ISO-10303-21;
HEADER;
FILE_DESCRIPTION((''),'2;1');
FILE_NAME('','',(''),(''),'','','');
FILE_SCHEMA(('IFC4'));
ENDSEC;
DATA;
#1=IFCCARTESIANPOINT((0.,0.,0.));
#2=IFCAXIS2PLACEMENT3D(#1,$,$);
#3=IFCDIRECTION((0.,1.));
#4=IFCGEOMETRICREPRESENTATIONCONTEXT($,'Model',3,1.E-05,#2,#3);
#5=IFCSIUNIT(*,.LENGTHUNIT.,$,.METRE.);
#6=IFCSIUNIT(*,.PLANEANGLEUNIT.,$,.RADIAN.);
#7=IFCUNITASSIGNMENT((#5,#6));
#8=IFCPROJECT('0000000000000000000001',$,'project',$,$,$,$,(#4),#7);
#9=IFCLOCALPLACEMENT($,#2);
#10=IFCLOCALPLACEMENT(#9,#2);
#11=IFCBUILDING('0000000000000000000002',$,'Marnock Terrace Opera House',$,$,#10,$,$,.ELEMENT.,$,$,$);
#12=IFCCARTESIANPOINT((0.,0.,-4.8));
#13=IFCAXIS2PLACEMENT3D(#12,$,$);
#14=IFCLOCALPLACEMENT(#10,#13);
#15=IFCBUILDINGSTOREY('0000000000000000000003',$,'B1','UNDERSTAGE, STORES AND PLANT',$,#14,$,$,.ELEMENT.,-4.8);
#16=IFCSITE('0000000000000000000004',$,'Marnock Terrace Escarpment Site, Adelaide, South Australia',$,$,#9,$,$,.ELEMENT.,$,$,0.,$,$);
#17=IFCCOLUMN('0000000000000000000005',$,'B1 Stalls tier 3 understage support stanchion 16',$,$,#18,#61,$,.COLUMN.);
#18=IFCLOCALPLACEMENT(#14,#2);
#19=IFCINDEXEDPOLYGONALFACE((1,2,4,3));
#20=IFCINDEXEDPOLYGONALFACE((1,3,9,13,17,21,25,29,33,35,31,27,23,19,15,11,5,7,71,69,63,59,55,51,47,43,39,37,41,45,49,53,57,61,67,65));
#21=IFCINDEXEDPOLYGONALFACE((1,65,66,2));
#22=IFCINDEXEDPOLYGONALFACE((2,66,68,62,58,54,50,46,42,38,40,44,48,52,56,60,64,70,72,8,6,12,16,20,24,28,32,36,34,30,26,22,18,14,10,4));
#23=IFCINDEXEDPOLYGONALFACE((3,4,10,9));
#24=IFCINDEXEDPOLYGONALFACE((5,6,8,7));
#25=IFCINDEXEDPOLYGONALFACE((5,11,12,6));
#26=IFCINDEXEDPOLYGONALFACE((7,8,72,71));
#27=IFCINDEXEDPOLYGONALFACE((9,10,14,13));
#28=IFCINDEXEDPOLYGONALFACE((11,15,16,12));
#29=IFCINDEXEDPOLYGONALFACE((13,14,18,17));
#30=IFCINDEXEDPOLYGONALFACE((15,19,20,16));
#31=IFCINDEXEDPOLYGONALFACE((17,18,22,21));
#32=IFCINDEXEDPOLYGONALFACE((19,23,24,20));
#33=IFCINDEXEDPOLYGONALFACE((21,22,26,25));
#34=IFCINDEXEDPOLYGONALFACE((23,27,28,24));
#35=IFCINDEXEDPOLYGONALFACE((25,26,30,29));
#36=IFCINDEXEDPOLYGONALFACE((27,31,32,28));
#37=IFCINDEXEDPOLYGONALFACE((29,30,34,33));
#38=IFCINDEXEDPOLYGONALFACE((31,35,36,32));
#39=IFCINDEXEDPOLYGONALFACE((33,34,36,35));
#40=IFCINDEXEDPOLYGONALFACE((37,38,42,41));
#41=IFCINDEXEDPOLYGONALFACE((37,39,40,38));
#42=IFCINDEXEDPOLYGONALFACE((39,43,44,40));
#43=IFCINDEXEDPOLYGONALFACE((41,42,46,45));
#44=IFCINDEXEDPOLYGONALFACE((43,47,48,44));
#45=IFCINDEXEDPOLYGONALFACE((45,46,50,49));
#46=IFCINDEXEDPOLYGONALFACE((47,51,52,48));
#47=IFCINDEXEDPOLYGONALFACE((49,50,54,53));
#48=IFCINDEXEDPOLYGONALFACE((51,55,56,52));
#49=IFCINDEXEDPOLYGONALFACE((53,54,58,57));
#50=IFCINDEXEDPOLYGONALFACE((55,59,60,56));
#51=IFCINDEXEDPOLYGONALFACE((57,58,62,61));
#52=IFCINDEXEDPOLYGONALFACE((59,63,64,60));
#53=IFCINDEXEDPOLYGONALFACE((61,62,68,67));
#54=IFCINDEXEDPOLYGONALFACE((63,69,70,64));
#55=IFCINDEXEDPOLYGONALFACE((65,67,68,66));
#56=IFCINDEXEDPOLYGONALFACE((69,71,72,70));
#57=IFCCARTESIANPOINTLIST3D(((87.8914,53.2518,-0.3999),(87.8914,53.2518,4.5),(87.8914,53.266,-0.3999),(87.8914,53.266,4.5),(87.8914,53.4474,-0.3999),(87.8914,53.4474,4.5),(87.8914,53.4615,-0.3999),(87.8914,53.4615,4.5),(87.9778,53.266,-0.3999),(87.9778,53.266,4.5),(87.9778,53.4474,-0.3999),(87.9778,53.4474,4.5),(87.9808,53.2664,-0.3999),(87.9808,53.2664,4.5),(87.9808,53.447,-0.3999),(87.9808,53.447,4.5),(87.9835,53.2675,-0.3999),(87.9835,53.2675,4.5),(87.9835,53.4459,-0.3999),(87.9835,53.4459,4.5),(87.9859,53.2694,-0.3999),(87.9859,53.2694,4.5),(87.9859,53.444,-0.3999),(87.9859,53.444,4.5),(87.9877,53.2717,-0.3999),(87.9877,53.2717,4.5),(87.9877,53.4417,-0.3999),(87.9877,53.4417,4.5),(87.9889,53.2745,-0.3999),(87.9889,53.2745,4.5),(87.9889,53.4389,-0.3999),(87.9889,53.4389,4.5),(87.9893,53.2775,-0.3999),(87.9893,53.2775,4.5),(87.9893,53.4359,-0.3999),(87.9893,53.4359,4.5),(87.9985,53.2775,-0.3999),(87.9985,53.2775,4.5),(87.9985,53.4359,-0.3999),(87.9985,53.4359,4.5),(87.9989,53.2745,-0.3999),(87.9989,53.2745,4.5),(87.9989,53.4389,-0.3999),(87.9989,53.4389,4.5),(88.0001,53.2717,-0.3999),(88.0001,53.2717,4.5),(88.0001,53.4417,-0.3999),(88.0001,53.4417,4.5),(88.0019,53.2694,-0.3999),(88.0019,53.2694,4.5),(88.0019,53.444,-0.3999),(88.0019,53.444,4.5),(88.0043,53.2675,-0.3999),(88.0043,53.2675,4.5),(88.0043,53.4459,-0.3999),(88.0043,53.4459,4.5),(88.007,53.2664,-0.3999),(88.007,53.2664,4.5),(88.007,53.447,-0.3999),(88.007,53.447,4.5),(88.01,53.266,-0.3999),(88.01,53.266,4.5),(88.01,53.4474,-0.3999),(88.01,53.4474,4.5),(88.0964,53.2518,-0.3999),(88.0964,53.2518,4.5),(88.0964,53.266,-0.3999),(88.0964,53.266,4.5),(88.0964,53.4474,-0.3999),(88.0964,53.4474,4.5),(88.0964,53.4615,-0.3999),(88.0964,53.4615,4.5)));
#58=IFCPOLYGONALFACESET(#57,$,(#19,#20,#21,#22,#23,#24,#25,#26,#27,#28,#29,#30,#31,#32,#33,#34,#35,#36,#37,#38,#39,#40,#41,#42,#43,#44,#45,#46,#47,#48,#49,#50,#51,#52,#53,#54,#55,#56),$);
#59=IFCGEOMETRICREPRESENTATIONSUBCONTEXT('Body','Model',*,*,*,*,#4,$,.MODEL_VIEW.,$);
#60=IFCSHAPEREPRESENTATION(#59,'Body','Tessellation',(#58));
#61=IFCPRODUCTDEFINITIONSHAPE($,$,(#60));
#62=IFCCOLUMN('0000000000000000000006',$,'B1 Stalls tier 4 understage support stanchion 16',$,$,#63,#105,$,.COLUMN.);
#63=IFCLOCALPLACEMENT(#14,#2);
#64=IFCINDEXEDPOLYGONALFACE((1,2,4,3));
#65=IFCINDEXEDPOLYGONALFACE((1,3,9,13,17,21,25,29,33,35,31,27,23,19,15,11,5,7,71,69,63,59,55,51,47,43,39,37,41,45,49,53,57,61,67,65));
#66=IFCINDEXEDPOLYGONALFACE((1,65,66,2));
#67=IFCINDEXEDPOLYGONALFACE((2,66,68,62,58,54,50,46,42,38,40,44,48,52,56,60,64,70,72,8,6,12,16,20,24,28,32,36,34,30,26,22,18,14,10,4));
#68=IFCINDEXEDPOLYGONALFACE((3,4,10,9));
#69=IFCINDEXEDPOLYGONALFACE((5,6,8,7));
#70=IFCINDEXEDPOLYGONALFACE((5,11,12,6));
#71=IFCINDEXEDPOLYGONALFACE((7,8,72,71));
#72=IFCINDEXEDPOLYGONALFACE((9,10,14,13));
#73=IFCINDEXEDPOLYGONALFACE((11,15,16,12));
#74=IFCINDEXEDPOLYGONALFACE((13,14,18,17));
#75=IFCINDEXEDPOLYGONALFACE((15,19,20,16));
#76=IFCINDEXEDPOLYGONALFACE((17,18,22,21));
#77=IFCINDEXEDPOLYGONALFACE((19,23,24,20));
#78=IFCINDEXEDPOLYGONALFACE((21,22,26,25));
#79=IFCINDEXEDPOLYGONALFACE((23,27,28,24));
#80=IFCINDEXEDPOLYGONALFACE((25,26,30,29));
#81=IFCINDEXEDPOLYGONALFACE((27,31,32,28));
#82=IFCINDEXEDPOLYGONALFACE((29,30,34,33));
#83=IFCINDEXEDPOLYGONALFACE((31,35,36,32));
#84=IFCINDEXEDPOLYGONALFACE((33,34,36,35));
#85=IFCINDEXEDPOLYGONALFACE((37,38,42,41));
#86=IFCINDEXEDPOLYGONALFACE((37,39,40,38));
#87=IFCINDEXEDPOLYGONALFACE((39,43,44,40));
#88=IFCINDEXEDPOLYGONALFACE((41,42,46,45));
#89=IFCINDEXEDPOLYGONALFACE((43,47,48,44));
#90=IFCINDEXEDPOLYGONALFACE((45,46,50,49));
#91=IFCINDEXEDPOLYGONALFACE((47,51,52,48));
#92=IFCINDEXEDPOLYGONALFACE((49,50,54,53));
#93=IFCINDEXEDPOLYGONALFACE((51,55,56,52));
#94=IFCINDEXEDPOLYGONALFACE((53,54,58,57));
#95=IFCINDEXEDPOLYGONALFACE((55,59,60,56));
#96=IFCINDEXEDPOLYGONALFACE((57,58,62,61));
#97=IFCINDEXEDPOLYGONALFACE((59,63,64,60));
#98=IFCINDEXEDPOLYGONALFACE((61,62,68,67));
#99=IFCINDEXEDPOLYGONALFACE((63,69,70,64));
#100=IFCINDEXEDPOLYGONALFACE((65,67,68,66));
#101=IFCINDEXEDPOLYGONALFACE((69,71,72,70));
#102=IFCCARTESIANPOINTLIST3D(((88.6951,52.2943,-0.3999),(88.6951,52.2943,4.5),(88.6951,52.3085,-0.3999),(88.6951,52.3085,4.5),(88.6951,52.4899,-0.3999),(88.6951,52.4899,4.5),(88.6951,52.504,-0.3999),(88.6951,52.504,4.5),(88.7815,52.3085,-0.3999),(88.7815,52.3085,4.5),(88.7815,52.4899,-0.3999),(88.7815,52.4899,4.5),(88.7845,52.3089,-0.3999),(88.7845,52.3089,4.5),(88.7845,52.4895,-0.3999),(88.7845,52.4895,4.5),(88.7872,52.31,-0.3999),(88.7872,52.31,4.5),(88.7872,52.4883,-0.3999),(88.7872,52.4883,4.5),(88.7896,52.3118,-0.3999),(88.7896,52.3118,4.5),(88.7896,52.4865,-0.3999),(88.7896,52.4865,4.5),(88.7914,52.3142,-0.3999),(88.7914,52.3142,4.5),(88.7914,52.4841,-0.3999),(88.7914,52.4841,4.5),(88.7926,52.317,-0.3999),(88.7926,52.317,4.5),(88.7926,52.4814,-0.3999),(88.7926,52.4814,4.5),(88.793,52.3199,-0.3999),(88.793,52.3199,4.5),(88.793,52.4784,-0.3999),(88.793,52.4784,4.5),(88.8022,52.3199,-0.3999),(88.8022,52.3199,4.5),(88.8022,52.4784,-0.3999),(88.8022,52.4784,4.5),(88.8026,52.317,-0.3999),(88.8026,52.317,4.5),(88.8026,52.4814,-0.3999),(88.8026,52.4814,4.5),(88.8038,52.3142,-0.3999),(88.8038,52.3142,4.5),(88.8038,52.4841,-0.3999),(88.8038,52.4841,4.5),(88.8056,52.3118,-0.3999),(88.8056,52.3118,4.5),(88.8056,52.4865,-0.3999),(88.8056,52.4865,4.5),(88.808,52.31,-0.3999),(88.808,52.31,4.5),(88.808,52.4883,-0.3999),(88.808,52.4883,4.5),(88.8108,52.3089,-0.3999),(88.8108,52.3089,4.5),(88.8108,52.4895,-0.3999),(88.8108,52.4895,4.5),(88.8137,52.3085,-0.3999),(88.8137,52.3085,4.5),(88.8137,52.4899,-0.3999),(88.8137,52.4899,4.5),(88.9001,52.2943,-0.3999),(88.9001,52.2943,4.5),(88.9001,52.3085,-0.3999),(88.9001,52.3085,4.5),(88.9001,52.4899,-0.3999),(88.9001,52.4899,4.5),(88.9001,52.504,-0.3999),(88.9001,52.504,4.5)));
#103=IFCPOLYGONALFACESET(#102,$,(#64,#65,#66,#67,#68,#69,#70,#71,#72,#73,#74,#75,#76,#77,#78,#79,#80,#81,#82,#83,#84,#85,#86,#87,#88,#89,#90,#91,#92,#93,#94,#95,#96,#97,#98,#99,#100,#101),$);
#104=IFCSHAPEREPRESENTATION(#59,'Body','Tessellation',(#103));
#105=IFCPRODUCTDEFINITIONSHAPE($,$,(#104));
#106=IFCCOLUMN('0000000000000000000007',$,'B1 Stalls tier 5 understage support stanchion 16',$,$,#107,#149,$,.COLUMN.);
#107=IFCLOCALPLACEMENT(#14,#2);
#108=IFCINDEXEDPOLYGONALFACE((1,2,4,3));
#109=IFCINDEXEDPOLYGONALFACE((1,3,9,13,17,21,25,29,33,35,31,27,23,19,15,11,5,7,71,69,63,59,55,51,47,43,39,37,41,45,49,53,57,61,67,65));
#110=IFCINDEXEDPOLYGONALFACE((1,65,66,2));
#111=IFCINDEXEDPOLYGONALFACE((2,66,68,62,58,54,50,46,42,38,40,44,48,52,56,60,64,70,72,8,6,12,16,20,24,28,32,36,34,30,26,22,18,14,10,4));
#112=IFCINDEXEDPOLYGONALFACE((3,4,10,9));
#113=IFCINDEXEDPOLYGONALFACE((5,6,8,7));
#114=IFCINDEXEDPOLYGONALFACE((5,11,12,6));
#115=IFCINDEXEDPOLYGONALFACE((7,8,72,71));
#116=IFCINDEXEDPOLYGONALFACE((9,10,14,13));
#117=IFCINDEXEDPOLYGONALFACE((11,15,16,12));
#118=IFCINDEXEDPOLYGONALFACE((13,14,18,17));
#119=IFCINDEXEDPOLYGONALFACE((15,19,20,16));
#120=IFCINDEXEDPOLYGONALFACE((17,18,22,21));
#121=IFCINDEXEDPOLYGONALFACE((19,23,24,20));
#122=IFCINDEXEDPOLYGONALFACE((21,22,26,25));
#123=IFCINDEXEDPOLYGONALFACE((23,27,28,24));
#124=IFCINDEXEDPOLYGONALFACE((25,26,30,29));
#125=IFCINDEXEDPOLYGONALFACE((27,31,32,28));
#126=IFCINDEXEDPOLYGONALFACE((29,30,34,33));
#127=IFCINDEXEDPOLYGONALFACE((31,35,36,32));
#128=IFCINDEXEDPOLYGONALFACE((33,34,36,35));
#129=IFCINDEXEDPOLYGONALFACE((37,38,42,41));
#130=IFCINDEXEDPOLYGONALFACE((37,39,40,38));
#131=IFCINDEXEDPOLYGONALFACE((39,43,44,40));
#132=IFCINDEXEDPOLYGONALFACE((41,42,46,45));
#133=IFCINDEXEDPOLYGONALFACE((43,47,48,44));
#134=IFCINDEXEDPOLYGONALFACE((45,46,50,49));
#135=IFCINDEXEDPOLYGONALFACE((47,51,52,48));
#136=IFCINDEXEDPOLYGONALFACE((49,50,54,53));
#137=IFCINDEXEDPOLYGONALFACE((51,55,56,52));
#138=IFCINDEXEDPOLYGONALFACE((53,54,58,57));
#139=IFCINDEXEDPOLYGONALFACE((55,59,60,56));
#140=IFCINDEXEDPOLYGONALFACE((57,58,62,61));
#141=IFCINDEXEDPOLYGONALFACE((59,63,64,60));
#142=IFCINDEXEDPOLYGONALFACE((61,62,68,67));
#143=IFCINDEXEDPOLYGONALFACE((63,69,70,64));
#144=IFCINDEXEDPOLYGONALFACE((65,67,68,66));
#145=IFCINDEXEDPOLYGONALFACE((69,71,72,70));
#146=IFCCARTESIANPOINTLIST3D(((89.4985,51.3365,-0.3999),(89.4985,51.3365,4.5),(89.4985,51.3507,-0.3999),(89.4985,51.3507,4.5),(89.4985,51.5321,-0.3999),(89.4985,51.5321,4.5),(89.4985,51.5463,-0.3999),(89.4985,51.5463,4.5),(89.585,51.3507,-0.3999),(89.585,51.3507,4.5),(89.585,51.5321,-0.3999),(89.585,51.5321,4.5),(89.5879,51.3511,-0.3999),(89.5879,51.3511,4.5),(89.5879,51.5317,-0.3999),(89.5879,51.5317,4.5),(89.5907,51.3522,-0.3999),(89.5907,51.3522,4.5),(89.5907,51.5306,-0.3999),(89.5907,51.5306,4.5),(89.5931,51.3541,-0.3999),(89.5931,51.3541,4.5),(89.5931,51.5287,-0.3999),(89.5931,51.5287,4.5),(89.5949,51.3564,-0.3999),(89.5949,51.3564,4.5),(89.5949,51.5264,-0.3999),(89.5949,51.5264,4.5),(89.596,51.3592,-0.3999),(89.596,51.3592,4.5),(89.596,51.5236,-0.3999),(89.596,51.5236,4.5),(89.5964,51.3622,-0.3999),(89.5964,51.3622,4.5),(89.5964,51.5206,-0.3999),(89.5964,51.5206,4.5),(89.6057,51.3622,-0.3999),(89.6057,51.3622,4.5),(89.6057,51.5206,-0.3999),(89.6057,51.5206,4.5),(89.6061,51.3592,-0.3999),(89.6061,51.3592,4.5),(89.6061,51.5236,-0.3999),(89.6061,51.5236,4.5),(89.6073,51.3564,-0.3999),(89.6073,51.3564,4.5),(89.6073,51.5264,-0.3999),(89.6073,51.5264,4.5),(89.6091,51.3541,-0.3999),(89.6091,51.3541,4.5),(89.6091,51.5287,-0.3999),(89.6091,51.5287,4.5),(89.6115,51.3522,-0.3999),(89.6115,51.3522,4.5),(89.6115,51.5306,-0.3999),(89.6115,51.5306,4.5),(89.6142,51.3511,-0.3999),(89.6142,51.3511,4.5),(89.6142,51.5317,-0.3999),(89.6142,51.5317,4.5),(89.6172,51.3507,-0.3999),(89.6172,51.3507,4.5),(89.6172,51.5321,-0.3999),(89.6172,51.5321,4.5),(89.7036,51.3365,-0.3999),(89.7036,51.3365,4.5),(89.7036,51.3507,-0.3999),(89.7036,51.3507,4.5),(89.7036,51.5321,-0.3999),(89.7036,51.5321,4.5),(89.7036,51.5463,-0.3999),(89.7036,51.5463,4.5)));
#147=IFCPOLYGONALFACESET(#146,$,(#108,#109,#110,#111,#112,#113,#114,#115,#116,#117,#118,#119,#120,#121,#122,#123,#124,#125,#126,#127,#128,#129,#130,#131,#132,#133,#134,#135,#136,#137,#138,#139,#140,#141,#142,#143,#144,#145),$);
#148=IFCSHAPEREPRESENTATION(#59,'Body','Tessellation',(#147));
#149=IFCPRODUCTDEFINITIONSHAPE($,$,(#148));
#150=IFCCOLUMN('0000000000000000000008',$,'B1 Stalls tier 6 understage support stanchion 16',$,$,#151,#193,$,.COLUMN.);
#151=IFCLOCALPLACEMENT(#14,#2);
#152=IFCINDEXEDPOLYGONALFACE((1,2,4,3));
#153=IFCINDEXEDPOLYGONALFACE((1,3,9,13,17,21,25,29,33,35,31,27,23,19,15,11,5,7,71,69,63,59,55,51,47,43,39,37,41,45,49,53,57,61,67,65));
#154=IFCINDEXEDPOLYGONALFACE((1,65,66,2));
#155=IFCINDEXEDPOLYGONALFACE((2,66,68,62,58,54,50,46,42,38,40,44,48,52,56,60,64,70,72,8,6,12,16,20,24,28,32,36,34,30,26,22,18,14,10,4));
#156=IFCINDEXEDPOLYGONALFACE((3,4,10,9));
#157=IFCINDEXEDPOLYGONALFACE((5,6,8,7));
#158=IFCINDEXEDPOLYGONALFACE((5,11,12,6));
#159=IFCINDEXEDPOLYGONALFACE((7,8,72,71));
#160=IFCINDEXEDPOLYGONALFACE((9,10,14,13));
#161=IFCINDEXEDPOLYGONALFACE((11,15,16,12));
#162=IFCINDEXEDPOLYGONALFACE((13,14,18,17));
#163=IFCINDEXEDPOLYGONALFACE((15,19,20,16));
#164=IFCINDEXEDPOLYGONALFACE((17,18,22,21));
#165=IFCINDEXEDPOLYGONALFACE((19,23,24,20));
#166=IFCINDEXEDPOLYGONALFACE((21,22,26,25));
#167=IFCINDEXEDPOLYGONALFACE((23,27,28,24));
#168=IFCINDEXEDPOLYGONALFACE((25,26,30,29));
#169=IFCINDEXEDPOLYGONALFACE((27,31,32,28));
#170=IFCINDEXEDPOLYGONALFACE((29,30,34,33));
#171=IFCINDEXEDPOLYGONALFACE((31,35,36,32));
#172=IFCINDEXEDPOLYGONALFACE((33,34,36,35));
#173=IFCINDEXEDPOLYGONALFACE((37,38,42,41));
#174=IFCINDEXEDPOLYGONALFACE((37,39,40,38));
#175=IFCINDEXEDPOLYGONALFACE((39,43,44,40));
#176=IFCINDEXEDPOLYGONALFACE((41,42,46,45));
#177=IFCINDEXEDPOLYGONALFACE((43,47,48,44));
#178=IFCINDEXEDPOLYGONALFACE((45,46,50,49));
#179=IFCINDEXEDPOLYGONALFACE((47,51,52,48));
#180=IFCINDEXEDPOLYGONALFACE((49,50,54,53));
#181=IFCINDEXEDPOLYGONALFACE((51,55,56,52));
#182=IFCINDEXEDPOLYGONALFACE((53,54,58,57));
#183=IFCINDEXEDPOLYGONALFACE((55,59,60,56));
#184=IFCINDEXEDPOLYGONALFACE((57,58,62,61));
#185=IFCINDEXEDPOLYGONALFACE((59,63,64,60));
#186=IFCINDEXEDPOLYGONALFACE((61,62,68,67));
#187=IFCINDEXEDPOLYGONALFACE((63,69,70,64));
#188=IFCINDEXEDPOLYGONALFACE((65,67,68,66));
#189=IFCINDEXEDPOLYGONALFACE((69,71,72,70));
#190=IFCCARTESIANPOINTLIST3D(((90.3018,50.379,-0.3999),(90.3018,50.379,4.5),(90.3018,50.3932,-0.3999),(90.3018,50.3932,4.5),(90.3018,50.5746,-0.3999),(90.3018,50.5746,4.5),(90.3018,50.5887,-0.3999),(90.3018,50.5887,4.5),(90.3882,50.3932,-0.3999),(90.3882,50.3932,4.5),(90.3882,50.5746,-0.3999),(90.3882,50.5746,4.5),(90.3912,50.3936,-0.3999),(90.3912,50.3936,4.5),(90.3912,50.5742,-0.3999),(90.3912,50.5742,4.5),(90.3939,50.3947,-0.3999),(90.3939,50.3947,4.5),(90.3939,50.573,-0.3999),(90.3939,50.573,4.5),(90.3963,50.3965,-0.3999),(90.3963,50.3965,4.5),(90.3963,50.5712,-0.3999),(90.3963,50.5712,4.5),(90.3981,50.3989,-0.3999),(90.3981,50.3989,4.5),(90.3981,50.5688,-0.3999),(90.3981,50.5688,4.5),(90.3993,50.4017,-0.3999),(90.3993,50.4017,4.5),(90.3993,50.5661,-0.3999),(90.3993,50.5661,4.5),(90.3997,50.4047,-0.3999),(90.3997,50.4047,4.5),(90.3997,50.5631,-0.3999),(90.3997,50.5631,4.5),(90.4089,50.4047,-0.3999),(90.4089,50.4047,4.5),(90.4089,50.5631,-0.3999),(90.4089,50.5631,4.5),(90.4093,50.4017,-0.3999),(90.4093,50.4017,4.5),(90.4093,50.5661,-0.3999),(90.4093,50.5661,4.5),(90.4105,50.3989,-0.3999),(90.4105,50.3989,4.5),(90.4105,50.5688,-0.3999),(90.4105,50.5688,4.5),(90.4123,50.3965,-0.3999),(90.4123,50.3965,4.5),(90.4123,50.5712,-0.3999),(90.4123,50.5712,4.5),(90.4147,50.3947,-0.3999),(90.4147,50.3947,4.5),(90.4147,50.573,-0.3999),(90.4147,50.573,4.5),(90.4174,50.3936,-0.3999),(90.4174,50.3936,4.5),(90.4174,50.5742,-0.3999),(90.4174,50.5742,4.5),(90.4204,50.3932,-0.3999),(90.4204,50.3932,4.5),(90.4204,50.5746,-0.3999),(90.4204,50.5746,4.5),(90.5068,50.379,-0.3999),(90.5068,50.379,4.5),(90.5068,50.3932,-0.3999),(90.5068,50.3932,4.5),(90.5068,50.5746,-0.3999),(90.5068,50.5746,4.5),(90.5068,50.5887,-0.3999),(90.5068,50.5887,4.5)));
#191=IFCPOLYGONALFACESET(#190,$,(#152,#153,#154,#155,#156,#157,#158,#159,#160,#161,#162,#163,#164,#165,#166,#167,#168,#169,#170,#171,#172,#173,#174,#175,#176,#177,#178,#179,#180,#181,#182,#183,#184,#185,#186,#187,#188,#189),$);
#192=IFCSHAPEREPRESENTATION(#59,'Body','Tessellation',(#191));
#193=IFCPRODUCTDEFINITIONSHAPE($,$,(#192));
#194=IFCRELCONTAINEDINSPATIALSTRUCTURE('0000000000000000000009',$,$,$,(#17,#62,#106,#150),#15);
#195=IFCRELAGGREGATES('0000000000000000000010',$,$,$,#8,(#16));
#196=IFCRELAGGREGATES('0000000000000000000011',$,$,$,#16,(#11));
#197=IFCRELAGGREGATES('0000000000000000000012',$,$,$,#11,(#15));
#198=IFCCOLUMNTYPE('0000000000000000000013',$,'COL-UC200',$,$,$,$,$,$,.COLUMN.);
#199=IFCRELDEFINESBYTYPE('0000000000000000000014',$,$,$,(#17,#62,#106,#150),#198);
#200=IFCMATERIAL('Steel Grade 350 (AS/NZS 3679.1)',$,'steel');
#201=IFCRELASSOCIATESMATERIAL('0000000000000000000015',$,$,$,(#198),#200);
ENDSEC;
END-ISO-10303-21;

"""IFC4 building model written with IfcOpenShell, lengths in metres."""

from ifc_helpers import new_model, si_unit, direction, frame, origin, origin_2d, place, context, subcontext, project, spatial, i_section, extrude, material, material_profile, profile_set, type_object, element, save


model = new_model("IFC4")

# Units and contexts
model_context = context("Model", 3, precision=1e-05, world=origin(), true_north=direction((0.0, 1.0)))
body_context = subcontext(model_context, "Body", "Model", "MODEL_VIEW")
ifc_project = project(units=[si_unit("LENGTHUNIT", "METRE"), si_unit("PLANEANGLEUNIT", "RADIAN")], contexts=[model_context])

# Site, building, storey
site_placement = place(None, origin())
site = spatial("IfcSite", under=ifc_project, at=site_placement, Name="Marnock Terrace Escarpment Site, Adelaide, South Australia", CompositionType="ELEMENT", RefElevation=0.0)
building_placement = place(site_placement, origin())
building = spatial("IfcBuilding", under=site, at=building_placement, Name="Marnock Terrace Opera House", CompositionType="ELEMENT")
storey_placement = place(building_placement, frame((0.0, 0.0, -4.8)))
storey = spatial("IfcBuildingStorey", under=building, at=storey_placement, Name="B1", Description="UNDERSTAGE, STORES AND PLANT", CompositionType="ELEMENT", Elevation=-4.8)

# Columns
ifc_material_1 = material(Name="Steel Grade 350 (AS/NZS 3679.1)", Category="steel")
ifc_material_profile_1 = material_profile(ifc_material_1, i_section(OverallWidth=0.2051, OverallDepth=0.2097, WebThickness=0.0093, FlangeThickness=0.0142, FilletRadius=0.0115, at=origin_2d()))
ifc_profile_set_1 = profile_set([ifc_material_profile_1], Name="Steel Grade 350 (AS/NZS 3679.1)")
column_type_1 = type_object("IfcColumnType", Name="COL-UC200", PredefinedType="COLUMN", material=ifc_profile_set_1)
for number, where, z_axis, x_axis, name in (
    (1, (87.9939, 53.3567, -0.3999), (0.0, 0.0, 1.0), (1.0, 0.0, 0.0), "B1 Stalls tier 3 understage support stanchion 16"),
    (2, (88.7976, 52.3992, -0.3999), (0.0, 0.0, 1.0), (1.0, 0.0, 0.0), "B1 Stalls tier 4 understage support stanchion 16"),
    (3, (89.6011, 51.4414, -0.3999), (0.0, 0.0, 1.0), (1.0, 0.0, 0.0), "B1 Stalls tier 5 understage support stanchion 16"),
    (4, (90.4043, 50.4839, -0.3999), (0.0, 0.0, 1.0), (1.0, 0.0, 0.0), "B1 Stalls tier 6 understage support stanchion 16"),
):
    element("IfcColumn", number, at=place(storey_placement, frame(where, z_axis=z_axis, x_axis=x_axis)), inside=storey, type_object=column_type_1, Name=name, PredefinedType="COLUMN", context=body_context, shape_type="SweptSolid", body=[
        extrude(i_section(OverallWidth=0.2051, OverallDepth=0.2097, WebThickness=0.0093, FlangeThickness=0.0142, FilletRadius=0.0115, at=origin_2d()), origin(), (0.0, 0.0, 1.0), 4.8999),
    ])

save(model, "model.ifc")
